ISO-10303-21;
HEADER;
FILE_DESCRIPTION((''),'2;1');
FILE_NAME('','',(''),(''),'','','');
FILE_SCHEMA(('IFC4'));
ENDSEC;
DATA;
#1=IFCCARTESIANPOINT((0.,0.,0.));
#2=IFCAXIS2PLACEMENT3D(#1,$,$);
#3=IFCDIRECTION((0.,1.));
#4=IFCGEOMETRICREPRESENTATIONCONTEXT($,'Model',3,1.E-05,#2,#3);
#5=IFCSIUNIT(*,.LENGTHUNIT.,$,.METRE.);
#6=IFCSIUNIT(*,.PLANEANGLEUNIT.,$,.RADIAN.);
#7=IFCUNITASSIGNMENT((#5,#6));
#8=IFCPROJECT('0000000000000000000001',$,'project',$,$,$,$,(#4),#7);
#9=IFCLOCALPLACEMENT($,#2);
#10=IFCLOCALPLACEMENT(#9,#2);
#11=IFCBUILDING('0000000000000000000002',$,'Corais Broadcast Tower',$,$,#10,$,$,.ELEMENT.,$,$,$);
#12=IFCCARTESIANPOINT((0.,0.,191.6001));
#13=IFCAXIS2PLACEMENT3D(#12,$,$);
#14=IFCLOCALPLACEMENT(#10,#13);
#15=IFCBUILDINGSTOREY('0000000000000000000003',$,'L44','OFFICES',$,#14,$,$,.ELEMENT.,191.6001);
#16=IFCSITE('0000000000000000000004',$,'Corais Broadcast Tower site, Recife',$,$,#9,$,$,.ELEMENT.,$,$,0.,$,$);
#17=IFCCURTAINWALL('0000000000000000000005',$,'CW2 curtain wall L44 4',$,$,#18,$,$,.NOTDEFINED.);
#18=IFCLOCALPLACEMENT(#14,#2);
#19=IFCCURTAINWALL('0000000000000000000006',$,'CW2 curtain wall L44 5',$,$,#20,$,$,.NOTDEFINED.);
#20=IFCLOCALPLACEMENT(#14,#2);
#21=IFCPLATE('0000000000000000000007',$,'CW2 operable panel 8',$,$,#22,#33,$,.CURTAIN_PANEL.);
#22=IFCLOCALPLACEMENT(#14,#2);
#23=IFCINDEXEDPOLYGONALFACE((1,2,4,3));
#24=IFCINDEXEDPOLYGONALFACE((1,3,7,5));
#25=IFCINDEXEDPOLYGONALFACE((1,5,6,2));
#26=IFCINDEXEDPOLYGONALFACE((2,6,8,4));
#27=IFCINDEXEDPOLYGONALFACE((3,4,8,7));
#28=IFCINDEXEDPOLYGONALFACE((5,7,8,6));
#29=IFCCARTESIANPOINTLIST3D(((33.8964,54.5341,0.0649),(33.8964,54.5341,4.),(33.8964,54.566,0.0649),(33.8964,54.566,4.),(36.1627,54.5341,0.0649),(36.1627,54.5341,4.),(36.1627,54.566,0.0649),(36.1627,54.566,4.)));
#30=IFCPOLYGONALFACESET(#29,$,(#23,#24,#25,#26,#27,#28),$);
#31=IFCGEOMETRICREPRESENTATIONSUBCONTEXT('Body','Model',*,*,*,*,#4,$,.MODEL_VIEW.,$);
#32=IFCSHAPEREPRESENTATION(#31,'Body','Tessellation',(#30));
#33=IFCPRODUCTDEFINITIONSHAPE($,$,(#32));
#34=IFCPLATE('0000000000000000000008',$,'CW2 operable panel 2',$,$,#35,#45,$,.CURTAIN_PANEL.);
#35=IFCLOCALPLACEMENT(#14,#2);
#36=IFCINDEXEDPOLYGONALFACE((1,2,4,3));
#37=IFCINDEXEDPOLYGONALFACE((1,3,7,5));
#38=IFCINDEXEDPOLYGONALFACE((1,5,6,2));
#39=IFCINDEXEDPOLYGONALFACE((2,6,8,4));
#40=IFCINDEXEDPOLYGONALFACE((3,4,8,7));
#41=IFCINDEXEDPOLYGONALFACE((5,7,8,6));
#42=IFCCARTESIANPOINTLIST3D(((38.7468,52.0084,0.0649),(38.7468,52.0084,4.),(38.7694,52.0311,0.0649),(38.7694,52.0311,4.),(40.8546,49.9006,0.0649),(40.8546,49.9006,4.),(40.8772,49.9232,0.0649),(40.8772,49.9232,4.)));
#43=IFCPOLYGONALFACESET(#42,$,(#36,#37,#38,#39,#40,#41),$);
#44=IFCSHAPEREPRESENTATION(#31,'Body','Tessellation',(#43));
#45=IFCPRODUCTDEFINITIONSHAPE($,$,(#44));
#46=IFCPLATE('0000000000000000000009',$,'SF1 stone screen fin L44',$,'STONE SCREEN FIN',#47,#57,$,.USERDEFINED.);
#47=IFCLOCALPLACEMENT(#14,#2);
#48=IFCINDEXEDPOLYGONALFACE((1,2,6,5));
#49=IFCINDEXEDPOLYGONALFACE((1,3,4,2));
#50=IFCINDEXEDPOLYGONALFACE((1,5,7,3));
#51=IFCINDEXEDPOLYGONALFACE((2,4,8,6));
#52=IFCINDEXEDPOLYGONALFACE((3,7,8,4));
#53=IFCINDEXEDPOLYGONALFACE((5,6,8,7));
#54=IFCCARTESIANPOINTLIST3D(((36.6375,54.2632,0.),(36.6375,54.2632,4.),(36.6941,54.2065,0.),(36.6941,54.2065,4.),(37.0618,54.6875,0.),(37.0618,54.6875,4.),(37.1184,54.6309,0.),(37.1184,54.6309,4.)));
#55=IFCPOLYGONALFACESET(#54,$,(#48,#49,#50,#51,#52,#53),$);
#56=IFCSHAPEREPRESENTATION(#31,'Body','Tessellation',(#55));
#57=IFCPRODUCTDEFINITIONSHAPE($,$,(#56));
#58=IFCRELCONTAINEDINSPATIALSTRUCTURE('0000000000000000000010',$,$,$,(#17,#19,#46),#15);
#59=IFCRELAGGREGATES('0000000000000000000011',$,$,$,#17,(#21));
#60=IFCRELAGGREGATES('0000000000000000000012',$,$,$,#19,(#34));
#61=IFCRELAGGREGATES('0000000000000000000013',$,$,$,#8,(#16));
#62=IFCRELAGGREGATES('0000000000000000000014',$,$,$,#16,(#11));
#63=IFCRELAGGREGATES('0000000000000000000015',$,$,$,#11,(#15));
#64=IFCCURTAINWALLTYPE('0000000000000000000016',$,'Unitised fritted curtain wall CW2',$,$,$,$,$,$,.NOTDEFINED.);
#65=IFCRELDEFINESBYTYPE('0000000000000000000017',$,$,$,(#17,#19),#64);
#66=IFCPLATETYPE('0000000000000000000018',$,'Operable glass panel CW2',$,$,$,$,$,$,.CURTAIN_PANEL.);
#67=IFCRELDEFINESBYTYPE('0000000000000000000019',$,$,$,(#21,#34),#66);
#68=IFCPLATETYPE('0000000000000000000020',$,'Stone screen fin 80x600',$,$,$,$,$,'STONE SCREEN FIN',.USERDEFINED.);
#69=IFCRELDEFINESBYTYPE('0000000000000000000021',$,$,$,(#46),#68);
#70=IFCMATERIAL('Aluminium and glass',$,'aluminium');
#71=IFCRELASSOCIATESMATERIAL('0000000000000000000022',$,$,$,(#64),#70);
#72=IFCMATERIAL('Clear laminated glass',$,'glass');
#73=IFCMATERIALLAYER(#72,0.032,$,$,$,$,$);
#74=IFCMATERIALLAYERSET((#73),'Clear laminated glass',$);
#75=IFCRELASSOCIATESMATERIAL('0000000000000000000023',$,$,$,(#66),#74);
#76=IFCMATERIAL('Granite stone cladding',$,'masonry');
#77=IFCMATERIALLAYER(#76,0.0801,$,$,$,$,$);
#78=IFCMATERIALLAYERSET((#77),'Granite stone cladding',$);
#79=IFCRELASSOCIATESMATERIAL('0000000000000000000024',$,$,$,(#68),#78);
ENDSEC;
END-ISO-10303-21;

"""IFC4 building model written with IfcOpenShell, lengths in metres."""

from ifc_helpers import new_model, si_unit, direction, frame, origin, origin_2d, place, context, subcontext, project, spatial, rectangle, extrude, material, layer, layer_set, type_object, element, aggregate, save


model = new_model("IFC4")

# Units and contexts
model_context = context("Model", 3, precision=1e-05, world=origin(), true_north=direction((0.0, 1.0)))
body_context = subcontext(model_context, "Body", "Model", "MODEL_VIEW")
ifc_project = project(units=[si_unit("LENGTHUNIT", "METRE"), si_unit("PLANEANGLEUNIT", "RADIAN")], contexts=[model_context])

# Site, building, storey
site_placement = place(None, origin())
site = spatial("IfcSite", under=ifc_project, at=site_placement, Name="Corais Broadcast Tower site, Recife", CompositionType="ELEMENT", RefElevation=0.0)
building_placement = place(site_placement, origin())
building = spatial("IfcBuilding", under=site, at=building_placement, Name="Corais Broadcast Tower", CompositionType="ELEMENT")
storey_placement = place(building_placement, frame((0.0, 0.0, 191.6001)))
storey = spatial("IfcBuildingStorey", under=building, at=storey_placement, Name="L44", Description="OFFICES", CompositionType="ELEMENT", Elevation=191.6001)

# Curtain walls
ifc_material_1 = material(Name="Aluminium and glass", Category="aluminium")
curtain_wall_type = type_object("IfcCurtainWallType", Name="Unitised fritted curtain wall CW2", PredefinedType="NOTDEFINED", material=ifc_material_1)
curtain_wall_1_placement = place(storey_placement, origin())
curtain_wall_1 = element("IfcCurtainWall", 1, at=curtain_wall_1_placement, inside=storey, type_object=curtain_wall_type, Name="CW2 curtain wall L44 4", PredefinedType="NOTDEFINED")
curtain_wall_2_placement = place(storey_placement, origin())
curtain_wall_2 = element("IfcCurtainWall", 2, at=curtain_wall_2_placement, inside=storey, type_object=curtain_wall_type, Name="CW2 curtain wall L44 5", PredefinedType="NOTDEFINED")

# Plates
ifc_material_2 = material(Name="Clear laminated glass", Category="glass")
ifc_layer_1 = layer(ifc_material_2, 0.032)
ifc_layer_set_1 = layer_set([ifc_layer_1], Name="Clear laminated glass")
plate_type_1 = type_object("IfcPlateType", Name="Operable glass panel CW2", PredefinedType="CURTAIN_PANEL", material=ifc_layer_set_1)
plate_1_placement = place(storey_placement, frame((35.0295, 54.55, 0.0649), z_axis=(0.0, 0.0, 1.0), x_axis=(1.0, 0.0, 0.0)))
plate_1 = element("IfcPlate", 3, at=plate_1_placement, type_object=plate_type_1, Name="CW2 operable panel 8", PredefinedType="CURTAIN_PANEL", context=body_context, shape_type="SweptSolid", body=[
    extrude(rectangle(XDim=2.2664, YDim=0.032, at=origin_2d()), origin(), (0.0, 0.0, 1.0), 3.9351),
])
aggregate(curtain_wall_1, [plate_1])
plate_2_placement = place(storey_placement, frame((39.812, 50.9658, 0.0649), z_axis=(0.0, 0.0, 1.0), x_axis=(0.707107, -0.707107, 0.0)))
plate_2 = element("IfcPlate", 4, at=plate_2_placement, type_object=plate_type_1, Name="CW2 operable panel 2", PredefinedType="CURTAIN_PANEL", context=body_context, shape_type="SweptSolid", body=[
    extrude(rectangle(XDim=2.981, YDim=0.032, at=origin_2d()), origin(), (0.0, 0.0, 1.0), 3.9351),
])
aggregate(curtain_wall_2, [plate_2])
ifc_material_3 = material(Name="Granite stone cladding", Category="masonry")
ifc_layer_2 = layer(ifc_material_3, 0.0801)
ifc_layer_set_2 = layer_set([ifc_layer_2], Name="Granite stone cladding")
plate_type_2 = type_object("IfcPlateType", Name="Stone screen fin 80x600", ElementType="STONE SCREEN FIN", PredefinedType="USERDEFINED", material=ifc_layer_set_2)
plate_3_placement = place(storey_placement, frame((36.8779, 54.447, 0.0), z_axis=(0.0, 0.0, 1.0), x_axis=(0.707107, -0.707107, 0.0)))
element("IfcPlate", 5, at=plate_3_placement, inside=storey, type_object=plate_type_2, Name="SF1 stone screen fin L44", ObjectType="STONE SCREEN FIN", PredefinedType="USERDEFINED", context=body_context, shape_type="SweptSolid", body=[
    extrude(rectangle(XDim=0.0801, YDim=0.6001, at=origin_2d()), origin(), (0.0, 0.0, 1.0), 4.0),
])

save(model, "model.ifc")
